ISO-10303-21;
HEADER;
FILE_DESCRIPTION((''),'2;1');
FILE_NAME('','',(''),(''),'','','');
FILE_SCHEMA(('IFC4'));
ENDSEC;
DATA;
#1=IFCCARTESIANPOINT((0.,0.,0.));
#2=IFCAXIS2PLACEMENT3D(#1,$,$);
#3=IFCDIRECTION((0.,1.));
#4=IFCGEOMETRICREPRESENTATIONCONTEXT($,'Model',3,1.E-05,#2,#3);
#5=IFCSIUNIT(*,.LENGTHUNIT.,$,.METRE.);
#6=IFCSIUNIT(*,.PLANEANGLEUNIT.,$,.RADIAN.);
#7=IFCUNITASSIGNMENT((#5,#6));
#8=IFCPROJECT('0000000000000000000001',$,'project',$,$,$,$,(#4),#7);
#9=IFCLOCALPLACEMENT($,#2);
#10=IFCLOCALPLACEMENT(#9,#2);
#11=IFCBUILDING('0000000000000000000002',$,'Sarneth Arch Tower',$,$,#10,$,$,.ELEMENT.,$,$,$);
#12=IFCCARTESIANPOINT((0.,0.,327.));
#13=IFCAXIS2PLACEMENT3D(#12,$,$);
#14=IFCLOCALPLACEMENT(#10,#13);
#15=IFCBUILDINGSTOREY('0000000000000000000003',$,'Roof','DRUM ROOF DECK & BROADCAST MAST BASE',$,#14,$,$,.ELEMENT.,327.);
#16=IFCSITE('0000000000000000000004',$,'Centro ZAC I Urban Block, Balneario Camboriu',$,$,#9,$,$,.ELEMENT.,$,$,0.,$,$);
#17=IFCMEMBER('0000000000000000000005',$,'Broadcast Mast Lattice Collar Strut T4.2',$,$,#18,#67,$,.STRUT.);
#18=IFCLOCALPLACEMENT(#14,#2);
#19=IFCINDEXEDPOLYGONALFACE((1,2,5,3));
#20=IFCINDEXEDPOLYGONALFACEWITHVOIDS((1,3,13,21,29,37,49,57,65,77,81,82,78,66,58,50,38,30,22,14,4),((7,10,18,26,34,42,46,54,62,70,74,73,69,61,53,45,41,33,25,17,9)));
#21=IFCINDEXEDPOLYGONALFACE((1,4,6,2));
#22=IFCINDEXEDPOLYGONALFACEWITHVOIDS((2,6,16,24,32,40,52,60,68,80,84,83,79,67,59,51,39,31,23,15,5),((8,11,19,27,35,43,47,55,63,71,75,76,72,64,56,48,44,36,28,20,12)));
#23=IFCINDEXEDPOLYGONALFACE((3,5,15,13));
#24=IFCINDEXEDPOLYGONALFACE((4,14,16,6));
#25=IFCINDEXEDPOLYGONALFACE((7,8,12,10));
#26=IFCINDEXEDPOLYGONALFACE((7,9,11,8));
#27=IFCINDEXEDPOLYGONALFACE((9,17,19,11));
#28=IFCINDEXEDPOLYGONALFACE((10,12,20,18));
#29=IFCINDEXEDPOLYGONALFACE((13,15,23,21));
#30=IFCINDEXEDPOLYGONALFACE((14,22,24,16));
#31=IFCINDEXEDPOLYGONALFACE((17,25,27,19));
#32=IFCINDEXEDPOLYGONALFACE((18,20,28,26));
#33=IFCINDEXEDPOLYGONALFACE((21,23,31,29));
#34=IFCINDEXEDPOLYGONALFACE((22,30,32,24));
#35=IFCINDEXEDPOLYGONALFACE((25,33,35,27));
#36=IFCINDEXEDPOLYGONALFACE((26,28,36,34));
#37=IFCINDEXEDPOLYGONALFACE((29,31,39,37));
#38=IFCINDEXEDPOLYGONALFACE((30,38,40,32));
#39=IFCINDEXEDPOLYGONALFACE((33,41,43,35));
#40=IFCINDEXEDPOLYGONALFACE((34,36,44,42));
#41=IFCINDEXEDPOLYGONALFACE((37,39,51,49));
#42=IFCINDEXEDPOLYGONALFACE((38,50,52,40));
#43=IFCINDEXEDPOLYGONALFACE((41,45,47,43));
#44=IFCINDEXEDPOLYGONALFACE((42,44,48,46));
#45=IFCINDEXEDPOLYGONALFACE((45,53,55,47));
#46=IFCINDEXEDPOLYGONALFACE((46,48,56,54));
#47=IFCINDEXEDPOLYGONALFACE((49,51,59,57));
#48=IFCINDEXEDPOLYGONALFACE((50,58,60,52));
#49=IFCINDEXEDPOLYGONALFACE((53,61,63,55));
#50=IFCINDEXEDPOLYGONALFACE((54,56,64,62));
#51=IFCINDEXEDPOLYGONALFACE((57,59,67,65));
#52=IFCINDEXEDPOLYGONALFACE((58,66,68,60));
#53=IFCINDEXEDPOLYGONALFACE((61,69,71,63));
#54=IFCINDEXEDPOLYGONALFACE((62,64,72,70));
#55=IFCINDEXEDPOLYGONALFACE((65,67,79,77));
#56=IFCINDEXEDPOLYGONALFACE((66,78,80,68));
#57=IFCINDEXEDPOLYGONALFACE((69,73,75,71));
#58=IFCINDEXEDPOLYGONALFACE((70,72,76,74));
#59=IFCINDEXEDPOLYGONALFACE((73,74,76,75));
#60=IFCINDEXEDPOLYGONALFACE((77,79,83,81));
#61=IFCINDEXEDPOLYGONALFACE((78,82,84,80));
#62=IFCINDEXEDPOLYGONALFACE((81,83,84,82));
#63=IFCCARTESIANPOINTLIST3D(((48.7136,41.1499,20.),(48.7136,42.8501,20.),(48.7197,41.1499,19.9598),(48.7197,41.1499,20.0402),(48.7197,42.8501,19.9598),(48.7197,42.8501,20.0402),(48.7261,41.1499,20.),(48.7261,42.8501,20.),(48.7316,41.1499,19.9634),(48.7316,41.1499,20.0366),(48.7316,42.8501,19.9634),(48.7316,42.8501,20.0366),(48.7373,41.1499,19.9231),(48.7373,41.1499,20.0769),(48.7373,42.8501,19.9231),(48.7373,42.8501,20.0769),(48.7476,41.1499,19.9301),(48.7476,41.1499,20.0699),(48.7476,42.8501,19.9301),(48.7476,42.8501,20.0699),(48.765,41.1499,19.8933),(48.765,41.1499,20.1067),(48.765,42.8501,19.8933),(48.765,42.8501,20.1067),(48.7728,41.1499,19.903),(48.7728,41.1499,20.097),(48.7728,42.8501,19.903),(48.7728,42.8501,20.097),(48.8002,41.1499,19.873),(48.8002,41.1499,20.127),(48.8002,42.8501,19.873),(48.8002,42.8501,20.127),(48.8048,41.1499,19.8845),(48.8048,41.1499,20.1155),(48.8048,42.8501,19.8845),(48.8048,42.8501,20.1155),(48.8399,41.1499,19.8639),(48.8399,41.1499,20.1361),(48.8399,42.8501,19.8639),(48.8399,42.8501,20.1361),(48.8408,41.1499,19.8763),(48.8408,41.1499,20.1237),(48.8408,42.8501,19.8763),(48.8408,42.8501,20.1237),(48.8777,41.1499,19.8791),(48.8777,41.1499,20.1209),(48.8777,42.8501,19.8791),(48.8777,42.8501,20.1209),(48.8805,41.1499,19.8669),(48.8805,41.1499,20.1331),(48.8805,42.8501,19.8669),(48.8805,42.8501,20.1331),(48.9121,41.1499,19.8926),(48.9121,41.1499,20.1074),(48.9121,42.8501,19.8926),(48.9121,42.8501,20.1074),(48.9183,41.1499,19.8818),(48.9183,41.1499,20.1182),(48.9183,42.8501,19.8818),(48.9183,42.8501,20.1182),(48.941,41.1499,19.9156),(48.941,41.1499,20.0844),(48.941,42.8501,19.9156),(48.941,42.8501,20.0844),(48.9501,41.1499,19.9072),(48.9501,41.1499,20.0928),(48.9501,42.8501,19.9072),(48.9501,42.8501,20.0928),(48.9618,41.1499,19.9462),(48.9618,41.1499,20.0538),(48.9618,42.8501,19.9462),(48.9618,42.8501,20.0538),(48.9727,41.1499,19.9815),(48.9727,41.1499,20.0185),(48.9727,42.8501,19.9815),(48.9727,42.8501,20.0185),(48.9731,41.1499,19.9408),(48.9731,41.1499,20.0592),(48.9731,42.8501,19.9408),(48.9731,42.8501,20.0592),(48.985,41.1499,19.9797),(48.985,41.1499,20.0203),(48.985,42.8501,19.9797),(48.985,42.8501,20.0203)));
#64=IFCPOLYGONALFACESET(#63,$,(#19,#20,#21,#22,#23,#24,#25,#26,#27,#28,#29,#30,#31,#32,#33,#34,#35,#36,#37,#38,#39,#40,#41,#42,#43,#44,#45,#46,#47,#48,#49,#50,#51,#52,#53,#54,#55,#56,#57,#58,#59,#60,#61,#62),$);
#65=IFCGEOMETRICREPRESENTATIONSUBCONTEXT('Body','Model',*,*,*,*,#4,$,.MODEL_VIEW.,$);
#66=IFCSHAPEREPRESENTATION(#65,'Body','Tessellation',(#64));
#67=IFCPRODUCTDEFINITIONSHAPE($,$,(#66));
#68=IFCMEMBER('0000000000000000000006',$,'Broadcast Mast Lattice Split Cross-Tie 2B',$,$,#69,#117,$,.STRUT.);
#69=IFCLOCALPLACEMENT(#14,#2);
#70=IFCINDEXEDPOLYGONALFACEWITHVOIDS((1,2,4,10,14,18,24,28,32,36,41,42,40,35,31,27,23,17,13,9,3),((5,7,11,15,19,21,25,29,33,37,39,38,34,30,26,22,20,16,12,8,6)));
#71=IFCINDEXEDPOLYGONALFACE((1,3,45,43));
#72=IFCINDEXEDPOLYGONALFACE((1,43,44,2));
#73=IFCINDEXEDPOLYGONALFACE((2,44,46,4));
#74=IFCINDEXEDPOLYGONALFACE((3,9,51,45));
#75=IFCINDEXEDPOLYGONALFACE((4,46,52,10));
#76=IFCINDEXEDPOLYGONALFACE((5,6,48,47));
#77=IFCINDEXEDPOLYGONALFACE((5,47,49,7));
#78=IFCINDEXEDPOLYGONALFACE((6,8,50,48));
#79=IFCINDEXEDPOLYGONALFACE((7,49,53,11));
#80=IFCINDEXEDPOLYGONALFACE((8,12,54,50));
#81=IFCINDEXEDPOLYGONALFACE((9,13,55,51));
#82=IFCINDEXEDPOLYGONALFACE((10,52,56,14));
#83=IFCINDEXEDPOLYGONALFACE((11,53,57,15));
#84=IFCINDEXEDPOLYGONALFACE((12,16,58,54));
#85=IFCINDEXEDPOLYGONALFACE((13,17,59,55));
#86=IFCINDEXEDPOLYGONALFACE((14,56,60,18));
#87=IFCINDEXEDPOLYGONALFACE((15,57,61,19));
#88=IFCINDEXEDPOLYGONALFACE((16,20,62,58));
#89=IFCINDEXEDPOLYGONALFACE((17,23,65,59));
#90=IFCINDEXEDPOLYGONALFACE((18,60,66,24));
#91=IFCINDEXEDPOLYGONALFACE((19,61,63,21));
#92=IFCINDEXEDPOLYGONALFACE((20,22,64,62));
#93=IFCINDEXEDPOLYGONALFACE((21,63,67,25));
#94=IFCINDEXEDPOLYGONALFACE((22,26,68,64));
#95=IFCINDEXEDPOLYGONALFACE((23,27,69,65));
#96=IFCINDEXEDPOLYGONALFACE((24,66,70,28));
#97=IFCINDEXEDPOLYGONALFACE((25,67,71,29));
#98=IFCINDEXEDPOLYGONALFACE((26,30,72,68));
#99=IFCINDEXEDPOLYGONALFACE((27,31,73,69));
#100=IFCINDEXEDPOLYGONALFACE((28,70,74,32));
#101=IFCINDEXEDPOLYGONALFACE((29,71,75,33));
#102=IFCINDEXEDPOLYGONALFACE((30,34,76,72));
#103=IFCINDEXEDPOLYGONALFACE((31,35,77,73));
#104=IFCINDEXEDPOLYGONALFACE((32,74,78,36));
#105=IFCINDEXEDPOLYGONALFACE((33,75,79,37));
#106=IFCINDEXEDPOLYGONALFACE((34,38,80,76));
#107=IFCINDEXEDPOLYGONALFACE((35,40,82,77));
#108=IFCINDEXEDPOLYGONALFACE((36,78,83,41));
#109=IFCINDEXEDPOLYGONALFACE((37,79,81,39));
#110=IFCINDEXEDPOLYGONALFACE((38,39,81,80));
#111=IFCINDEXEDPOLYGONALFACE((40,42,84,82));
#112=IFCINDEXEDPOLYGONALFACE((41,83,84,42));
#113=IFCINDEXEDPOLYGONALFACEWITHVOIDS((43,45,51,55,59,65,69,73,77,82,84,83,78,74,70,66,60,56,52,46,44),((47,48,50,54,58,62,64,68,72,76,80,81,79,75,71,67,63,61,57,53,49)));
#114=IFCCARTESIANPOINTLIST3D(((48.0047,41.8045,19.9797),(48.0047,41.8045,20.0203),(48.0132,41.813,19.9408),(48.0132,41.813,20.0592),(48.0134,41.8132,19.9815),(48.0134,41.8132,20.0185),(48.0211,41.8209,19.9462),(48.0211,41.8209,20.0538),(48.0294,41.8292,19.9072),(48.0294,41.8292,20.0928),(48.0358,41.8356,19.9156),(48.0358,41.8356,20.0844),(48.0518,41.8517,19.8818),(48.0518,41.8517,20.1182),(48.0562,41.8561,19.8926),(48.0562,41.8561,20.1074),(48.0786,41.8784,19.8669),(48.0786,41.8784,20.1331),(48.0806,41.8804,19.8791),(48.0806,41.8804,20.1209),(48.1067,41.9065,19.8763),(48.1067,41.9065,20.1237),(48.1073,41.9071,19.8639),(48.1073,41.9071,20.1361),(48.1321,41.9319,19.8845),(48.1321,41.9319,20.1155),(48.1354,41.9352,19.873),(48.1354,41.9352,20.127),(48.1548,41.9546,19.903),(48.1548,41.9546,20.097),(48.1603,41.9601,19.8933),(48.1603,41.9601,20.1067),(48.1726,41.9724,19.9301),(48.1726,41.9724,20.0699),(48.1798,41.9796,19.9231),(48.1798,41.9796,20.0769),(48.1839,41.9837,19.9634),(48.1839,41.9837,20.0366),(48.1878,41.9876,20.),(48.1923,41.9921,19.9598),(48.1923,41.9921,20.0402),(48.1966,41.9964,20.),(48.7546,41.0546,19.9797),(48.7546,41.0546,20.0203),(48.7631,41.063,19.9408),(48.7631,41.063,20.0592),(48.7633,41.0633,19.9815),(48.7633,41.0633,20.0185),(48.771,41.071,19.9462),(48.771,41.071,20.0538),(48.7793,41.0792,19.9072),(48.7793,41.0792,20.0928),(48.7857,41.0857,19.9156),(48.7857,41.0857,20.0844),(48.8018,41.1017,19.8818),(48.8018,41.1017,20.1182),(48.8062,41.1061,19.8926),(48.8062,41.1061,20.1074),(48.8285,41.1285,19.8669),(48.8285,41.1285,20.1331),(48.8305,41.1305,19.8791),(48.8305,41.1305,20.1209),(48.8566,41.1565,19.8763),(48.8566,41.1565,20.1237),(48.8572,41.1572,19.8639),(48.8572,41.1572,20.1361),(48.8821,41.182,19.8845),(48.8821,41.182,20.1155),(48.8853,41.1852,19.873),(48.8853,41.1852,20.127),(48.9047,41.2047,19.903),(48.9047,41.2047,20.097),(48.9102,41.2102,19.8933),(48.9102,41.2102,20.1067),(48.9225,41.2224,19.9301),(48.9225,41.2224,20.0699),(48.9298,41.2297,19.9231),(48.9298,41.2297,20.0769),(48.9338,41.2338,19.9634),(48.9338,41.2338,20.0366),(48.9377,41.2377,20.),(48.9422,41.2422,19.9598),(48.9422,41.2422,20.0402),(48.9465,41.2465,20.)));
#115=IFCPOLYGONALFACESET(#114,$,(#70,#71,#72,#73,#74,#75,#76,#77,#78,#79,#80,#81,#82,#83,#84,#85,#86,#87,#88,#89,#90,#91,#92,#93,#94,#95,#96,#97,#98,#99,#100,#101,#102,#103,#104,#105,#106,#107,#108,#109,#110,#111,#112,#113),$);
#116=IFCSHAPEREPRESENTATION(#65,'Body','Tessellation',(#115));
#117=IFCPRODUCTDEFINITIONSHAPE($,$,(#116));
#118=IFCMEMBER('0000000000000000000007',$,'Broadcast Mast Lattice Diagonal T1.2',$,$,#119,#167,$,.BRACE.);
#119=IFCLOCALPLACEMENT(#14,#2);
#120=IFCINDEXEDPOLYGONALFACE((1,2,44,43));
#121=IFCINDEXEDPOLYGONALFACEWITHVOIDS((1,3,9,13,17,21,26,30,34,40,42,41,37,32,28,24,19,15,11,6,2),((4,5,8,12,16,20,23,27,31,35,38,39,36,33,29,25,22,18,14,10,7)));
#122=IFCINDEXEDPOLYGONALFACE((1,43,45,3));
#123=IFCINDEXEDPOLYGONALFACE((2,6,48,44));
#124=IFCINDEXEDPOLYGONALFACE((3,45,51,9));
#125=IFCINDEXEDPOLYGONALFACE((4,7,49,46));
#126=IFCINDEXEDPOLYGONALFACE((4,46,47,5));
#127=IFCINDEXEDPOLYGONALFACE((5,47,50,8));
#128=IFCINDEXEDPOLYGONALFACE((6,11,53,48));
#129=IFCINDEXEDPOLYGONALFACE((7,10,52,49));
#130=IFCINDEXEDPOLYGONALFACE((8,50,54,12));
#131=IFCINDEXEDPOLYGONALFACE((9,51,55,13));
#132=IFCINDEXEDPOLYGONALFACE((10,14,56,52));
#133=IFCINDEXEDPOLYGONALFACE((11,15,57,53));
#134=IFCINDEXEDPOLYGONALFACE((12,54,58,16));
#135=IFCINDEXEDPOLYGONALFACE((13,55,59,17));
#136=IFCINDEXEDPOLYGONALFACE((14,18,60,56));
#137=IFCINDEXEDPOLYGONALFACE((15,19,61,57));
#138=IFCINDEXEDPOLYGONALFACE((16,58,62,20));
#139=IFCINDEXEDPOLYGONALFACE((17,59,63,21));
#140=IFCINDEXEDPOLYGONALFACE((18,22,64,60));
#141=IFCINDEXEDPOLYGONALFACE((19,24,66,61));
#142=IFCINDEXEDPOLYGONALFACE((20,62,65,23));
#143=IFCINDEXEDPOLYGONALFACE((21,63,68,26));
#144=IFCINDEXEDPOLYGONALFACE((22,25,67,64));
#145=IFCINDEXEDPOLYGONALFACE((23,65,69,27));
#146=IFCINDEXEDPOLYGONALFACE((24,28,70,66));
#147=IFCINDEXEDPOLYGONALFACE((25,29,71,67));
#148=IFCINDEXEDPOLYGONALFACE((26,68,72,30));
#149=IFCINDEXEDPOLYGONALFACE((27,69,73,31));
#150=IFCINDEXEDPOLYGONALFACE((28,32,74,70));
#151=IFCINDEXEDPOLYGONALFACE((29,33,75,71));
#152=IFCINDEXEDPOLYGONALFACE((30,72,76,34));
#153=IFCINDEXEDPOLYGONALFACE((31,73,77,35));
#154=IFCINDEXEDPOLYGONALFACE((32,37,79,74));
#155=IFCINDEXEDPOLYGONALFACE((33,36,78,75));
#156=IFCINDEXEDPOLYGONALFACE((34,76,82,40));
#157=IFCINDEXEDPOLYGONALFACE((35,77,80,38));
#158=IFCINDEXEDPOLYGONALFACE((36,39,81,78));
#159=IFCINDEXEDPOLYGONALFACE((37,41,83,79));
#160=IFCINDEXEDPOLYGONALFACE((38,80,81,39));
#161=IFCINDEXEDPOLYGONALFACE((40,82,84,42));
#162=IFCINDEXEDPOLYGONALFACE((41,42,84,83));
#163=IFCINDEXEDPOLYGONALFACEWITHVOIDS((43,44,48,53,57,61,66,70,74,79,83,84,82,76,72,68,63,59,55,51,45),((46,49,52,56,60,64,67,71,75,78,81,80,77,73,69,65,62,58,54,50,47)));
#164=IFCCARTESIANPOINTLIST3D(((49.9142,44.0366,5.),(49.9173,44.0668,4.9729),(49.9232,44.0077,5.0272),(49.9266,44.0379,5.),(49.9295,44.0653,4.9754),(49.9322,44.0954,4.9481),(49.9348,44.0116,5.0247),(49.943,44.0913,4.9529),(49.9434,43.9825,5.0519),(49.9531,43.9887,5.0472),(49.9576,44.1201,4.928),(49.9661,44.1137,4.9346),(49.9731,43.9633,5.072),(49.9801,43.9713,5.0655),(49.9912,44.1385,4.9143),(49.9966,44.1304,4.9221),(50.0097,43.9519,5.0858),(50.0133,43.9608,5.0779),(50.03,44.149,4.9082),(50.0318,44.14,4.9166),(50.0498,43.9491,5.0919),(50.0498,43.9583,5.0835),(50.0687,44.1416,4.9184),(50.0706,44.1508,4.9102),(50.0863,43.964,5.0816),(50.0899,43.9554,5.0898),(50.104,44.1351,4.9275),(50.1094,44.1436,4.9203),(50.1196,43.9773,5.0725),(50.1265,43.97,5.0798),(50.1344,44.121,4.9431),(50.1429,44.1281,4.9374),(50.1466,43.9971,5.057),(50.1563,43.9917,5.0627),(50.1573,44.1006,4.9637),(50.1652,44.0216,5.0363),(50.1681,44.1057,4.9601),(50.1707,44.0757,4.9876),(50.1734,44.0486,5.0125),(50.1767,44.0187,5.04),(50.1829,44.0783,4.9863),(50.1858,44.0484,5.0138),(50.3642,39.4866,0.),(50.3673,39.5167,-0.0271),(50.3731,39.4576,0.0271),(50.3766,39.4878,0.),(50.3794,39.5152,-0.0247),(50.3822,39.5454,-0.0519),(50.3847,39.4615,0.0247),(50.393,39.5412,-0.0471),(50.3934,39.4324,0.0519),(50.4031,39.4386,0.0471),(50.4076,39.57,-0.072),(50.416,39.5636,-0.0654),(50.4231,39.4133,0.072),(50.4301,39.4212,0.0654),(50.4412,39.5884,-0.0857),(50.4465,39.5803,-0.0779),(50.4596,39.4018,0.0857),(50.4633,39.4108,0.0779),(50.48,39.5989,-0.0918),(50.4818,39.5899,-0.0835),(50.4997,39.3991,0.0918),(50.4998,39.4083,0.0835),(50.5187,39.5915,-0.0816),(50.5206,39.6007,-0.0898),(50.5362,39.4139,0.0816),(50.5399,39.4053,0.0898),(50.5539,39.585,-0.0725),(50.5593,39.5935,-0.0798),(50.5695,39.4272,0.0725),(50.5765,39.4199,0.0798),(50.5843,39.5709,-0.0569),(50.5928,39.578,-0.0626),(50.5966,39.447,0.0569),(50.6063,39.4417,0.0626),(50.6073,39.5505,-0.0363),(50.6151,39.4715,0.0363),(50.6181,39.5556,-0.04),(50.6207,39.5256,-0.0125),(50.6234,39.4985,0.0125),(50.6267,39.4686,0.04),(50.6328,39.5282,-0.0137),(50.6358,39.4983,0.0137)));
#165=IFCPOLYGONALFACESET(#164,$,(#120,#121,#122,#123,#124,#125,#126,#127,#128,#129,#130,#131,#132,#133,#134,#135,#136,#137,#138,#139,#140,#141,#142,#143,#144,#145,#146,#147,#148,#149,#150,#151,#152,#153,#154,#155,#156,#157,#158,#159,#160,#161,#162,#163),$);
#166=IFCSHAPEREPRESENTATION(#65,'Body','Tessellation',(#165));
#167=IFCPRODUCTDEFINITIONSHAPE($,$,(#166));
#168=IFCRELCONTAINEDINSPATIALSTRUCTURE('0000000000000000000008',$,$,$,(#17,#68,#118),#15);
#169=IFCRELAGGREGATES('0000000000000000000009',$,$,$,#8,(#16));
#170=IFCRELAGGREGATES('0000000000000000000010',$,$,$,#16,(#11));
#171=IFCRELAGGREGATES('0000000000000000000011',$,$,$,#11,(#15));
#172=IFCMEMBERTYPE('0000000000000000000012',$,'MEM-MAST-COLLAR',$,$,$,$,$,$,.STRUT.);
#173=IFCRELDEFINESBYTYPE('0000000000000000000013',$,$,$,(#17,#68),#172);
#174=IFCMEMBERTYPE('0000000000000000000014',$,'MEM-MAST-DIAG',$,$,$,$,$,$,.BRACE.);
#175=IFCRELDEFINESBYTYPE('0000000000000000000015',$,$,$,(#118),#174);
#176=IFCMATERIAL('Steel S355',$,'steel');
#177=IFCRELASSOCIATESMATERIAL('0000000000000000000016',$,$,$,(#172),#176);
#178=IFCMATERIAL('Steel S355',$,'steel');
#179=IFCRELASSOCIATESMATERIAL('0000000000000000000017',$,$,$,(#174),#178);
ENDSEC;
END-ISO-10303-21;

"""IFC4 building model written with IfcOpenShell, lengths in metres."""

from ifc_helpers import new_model, si_unit, direction, frame, origin, origin_2d, place, context, subcontext, project, spatial, hollow_circle, extrude, material, material_profile, profile_set, type_object, element, save


model = new_model("IFC4")

# Units and contexts
model_context = context("Model", 3, precision=1e-05, world=origin(), true_north=direction((0.0, 1.0)))
body_context = subcontext(model_context, "Body", "Model", "MODEL_VIEW")
ifc_project = project(units=[si_unit("LENGTHUNIT", "METRE"), si_unit("PLANEANGLEUNIT", "RADIAN")], contexts=[model_context])

# Site, building, storey
site_placement = place(None, origin())
site = spatial("IfcSite", under=ifc_project, at=site_placement, Name="Centro ZAC I Urban Block, Balneario Camboriu", CompositionType="ELEMENT", RefElevation=0.0)
building_placement = place(site_placement, origin())
building = spatial("IfcBuilding", under=site, at=building_placement, Name="Sarneth Arch Tower", CompositionType="ELEMENT")
storey_placement = place(building_placement, frame((0.0, 0.0, 327.0)))
storey = spatial("IfcBuildingStorey", under=building, at=storey_placement, Name="Roof", Description="DRUM ROOF DECK & BROADCAST MAST BASE", CompositionType="ELEMENT", Elevation=327.0)

# Members
ifc_material_1 = material(Name="Steel S355", Category="steel")
ifc_material_profile_1 = material_profile(ifc_material_1, hollow_circle(Radius=0.1365, WallThickness=0.0125, at=origin_2d()), Name="CHS273x12.5")
ifc_profile_set_1 = profile_set([ifc_material_profile_1], Name="Steel S355")
member_type_1 = type_object("IfcMemberType", Name="MEM-MAST-COLLAR", PredefinedType="STRUT", material=ifc_profile_set_1)
member_1_placement = place(storey_placement, frame((48.8501, 41.1499, 20.0), z_axis=(0.0, 1.0, 0.0), x_axis=(-1.0, 0.0, 0.0)))
element("IfcMember", 1, at=member_1_placement, inside=storey, type_object=member_type_1, Name="Broadcast Mast Lattice Collar Strut T4.2", PredefinedType="STRUT", context=body_context, shape_type="SweptSolid", body=[
    extrude(hollow_circle(Radius=0.1365, WallThickness=0.0125, at=origin_2d()), origin(), (0.0, 0.0, 1.0), 1.7002),
])
member_2_placement = place(storey_placement, frame((48.1001, 41.8999, 20.0), z_axis=(0.707107, -0.707107, 0.0), x_axis=(0.707107, 0.707107, 0.0)))
element("IfcMember", 2, at=member_2_placement, inside=storey, type_object=member_type_1, Name="Broadcast Mast Lattice Split Cross-Tie 2B", PredefinedType="STRUT", context=body_context, shape_type="SweptSolid", body=[
    extrude(hollow_circle(Radius=0.1365, WallThickness=0.0125, at=origin_2d()), origin(), (0.0, 0.0, 1.0), 1.0605),
])
ifc_material_2 = material(Name="Steel S355", Category="steel")
ifc_material_profile_2 = material_profile(ifc_material_2, hollow_circle(Radius=0.1365, WallThickness=0.0125, at=origin_2d()), Name="CHS273x12.5")
ifc_profile_set_2 = profile_set([ifc_material_profile_2], Name="Steel S355")
member_type_2 = type_object("IfcMemberType", Name="MEM-MAST-DIAG", PredefinedType="BRACE", material=ifc_profile_set_2)
member_3_placement = place(storey_placement, frame((50.5, 39.5, 0.0), z_axis=(-0.06641, 0.671559, 0.737969), x_axis=(-0.995146, -0.098409, 0.0)))
element("IfcMember", 3, at=member_3_placement, inside=storey, type_object=member_type_2, Name="Broadcast Mast Lattice Diagonal T1.2", PredefinedType="BRACE", context=body_context, shape_type="SweptSolid", body=[
    extrude(hollow_circle(Radius=0.1365, WallThickness=0.0125, at=origin_2d()), origin(), (0.0, 0.0, 1.0), 6.7754),
])

save(model, "model.ifc")
